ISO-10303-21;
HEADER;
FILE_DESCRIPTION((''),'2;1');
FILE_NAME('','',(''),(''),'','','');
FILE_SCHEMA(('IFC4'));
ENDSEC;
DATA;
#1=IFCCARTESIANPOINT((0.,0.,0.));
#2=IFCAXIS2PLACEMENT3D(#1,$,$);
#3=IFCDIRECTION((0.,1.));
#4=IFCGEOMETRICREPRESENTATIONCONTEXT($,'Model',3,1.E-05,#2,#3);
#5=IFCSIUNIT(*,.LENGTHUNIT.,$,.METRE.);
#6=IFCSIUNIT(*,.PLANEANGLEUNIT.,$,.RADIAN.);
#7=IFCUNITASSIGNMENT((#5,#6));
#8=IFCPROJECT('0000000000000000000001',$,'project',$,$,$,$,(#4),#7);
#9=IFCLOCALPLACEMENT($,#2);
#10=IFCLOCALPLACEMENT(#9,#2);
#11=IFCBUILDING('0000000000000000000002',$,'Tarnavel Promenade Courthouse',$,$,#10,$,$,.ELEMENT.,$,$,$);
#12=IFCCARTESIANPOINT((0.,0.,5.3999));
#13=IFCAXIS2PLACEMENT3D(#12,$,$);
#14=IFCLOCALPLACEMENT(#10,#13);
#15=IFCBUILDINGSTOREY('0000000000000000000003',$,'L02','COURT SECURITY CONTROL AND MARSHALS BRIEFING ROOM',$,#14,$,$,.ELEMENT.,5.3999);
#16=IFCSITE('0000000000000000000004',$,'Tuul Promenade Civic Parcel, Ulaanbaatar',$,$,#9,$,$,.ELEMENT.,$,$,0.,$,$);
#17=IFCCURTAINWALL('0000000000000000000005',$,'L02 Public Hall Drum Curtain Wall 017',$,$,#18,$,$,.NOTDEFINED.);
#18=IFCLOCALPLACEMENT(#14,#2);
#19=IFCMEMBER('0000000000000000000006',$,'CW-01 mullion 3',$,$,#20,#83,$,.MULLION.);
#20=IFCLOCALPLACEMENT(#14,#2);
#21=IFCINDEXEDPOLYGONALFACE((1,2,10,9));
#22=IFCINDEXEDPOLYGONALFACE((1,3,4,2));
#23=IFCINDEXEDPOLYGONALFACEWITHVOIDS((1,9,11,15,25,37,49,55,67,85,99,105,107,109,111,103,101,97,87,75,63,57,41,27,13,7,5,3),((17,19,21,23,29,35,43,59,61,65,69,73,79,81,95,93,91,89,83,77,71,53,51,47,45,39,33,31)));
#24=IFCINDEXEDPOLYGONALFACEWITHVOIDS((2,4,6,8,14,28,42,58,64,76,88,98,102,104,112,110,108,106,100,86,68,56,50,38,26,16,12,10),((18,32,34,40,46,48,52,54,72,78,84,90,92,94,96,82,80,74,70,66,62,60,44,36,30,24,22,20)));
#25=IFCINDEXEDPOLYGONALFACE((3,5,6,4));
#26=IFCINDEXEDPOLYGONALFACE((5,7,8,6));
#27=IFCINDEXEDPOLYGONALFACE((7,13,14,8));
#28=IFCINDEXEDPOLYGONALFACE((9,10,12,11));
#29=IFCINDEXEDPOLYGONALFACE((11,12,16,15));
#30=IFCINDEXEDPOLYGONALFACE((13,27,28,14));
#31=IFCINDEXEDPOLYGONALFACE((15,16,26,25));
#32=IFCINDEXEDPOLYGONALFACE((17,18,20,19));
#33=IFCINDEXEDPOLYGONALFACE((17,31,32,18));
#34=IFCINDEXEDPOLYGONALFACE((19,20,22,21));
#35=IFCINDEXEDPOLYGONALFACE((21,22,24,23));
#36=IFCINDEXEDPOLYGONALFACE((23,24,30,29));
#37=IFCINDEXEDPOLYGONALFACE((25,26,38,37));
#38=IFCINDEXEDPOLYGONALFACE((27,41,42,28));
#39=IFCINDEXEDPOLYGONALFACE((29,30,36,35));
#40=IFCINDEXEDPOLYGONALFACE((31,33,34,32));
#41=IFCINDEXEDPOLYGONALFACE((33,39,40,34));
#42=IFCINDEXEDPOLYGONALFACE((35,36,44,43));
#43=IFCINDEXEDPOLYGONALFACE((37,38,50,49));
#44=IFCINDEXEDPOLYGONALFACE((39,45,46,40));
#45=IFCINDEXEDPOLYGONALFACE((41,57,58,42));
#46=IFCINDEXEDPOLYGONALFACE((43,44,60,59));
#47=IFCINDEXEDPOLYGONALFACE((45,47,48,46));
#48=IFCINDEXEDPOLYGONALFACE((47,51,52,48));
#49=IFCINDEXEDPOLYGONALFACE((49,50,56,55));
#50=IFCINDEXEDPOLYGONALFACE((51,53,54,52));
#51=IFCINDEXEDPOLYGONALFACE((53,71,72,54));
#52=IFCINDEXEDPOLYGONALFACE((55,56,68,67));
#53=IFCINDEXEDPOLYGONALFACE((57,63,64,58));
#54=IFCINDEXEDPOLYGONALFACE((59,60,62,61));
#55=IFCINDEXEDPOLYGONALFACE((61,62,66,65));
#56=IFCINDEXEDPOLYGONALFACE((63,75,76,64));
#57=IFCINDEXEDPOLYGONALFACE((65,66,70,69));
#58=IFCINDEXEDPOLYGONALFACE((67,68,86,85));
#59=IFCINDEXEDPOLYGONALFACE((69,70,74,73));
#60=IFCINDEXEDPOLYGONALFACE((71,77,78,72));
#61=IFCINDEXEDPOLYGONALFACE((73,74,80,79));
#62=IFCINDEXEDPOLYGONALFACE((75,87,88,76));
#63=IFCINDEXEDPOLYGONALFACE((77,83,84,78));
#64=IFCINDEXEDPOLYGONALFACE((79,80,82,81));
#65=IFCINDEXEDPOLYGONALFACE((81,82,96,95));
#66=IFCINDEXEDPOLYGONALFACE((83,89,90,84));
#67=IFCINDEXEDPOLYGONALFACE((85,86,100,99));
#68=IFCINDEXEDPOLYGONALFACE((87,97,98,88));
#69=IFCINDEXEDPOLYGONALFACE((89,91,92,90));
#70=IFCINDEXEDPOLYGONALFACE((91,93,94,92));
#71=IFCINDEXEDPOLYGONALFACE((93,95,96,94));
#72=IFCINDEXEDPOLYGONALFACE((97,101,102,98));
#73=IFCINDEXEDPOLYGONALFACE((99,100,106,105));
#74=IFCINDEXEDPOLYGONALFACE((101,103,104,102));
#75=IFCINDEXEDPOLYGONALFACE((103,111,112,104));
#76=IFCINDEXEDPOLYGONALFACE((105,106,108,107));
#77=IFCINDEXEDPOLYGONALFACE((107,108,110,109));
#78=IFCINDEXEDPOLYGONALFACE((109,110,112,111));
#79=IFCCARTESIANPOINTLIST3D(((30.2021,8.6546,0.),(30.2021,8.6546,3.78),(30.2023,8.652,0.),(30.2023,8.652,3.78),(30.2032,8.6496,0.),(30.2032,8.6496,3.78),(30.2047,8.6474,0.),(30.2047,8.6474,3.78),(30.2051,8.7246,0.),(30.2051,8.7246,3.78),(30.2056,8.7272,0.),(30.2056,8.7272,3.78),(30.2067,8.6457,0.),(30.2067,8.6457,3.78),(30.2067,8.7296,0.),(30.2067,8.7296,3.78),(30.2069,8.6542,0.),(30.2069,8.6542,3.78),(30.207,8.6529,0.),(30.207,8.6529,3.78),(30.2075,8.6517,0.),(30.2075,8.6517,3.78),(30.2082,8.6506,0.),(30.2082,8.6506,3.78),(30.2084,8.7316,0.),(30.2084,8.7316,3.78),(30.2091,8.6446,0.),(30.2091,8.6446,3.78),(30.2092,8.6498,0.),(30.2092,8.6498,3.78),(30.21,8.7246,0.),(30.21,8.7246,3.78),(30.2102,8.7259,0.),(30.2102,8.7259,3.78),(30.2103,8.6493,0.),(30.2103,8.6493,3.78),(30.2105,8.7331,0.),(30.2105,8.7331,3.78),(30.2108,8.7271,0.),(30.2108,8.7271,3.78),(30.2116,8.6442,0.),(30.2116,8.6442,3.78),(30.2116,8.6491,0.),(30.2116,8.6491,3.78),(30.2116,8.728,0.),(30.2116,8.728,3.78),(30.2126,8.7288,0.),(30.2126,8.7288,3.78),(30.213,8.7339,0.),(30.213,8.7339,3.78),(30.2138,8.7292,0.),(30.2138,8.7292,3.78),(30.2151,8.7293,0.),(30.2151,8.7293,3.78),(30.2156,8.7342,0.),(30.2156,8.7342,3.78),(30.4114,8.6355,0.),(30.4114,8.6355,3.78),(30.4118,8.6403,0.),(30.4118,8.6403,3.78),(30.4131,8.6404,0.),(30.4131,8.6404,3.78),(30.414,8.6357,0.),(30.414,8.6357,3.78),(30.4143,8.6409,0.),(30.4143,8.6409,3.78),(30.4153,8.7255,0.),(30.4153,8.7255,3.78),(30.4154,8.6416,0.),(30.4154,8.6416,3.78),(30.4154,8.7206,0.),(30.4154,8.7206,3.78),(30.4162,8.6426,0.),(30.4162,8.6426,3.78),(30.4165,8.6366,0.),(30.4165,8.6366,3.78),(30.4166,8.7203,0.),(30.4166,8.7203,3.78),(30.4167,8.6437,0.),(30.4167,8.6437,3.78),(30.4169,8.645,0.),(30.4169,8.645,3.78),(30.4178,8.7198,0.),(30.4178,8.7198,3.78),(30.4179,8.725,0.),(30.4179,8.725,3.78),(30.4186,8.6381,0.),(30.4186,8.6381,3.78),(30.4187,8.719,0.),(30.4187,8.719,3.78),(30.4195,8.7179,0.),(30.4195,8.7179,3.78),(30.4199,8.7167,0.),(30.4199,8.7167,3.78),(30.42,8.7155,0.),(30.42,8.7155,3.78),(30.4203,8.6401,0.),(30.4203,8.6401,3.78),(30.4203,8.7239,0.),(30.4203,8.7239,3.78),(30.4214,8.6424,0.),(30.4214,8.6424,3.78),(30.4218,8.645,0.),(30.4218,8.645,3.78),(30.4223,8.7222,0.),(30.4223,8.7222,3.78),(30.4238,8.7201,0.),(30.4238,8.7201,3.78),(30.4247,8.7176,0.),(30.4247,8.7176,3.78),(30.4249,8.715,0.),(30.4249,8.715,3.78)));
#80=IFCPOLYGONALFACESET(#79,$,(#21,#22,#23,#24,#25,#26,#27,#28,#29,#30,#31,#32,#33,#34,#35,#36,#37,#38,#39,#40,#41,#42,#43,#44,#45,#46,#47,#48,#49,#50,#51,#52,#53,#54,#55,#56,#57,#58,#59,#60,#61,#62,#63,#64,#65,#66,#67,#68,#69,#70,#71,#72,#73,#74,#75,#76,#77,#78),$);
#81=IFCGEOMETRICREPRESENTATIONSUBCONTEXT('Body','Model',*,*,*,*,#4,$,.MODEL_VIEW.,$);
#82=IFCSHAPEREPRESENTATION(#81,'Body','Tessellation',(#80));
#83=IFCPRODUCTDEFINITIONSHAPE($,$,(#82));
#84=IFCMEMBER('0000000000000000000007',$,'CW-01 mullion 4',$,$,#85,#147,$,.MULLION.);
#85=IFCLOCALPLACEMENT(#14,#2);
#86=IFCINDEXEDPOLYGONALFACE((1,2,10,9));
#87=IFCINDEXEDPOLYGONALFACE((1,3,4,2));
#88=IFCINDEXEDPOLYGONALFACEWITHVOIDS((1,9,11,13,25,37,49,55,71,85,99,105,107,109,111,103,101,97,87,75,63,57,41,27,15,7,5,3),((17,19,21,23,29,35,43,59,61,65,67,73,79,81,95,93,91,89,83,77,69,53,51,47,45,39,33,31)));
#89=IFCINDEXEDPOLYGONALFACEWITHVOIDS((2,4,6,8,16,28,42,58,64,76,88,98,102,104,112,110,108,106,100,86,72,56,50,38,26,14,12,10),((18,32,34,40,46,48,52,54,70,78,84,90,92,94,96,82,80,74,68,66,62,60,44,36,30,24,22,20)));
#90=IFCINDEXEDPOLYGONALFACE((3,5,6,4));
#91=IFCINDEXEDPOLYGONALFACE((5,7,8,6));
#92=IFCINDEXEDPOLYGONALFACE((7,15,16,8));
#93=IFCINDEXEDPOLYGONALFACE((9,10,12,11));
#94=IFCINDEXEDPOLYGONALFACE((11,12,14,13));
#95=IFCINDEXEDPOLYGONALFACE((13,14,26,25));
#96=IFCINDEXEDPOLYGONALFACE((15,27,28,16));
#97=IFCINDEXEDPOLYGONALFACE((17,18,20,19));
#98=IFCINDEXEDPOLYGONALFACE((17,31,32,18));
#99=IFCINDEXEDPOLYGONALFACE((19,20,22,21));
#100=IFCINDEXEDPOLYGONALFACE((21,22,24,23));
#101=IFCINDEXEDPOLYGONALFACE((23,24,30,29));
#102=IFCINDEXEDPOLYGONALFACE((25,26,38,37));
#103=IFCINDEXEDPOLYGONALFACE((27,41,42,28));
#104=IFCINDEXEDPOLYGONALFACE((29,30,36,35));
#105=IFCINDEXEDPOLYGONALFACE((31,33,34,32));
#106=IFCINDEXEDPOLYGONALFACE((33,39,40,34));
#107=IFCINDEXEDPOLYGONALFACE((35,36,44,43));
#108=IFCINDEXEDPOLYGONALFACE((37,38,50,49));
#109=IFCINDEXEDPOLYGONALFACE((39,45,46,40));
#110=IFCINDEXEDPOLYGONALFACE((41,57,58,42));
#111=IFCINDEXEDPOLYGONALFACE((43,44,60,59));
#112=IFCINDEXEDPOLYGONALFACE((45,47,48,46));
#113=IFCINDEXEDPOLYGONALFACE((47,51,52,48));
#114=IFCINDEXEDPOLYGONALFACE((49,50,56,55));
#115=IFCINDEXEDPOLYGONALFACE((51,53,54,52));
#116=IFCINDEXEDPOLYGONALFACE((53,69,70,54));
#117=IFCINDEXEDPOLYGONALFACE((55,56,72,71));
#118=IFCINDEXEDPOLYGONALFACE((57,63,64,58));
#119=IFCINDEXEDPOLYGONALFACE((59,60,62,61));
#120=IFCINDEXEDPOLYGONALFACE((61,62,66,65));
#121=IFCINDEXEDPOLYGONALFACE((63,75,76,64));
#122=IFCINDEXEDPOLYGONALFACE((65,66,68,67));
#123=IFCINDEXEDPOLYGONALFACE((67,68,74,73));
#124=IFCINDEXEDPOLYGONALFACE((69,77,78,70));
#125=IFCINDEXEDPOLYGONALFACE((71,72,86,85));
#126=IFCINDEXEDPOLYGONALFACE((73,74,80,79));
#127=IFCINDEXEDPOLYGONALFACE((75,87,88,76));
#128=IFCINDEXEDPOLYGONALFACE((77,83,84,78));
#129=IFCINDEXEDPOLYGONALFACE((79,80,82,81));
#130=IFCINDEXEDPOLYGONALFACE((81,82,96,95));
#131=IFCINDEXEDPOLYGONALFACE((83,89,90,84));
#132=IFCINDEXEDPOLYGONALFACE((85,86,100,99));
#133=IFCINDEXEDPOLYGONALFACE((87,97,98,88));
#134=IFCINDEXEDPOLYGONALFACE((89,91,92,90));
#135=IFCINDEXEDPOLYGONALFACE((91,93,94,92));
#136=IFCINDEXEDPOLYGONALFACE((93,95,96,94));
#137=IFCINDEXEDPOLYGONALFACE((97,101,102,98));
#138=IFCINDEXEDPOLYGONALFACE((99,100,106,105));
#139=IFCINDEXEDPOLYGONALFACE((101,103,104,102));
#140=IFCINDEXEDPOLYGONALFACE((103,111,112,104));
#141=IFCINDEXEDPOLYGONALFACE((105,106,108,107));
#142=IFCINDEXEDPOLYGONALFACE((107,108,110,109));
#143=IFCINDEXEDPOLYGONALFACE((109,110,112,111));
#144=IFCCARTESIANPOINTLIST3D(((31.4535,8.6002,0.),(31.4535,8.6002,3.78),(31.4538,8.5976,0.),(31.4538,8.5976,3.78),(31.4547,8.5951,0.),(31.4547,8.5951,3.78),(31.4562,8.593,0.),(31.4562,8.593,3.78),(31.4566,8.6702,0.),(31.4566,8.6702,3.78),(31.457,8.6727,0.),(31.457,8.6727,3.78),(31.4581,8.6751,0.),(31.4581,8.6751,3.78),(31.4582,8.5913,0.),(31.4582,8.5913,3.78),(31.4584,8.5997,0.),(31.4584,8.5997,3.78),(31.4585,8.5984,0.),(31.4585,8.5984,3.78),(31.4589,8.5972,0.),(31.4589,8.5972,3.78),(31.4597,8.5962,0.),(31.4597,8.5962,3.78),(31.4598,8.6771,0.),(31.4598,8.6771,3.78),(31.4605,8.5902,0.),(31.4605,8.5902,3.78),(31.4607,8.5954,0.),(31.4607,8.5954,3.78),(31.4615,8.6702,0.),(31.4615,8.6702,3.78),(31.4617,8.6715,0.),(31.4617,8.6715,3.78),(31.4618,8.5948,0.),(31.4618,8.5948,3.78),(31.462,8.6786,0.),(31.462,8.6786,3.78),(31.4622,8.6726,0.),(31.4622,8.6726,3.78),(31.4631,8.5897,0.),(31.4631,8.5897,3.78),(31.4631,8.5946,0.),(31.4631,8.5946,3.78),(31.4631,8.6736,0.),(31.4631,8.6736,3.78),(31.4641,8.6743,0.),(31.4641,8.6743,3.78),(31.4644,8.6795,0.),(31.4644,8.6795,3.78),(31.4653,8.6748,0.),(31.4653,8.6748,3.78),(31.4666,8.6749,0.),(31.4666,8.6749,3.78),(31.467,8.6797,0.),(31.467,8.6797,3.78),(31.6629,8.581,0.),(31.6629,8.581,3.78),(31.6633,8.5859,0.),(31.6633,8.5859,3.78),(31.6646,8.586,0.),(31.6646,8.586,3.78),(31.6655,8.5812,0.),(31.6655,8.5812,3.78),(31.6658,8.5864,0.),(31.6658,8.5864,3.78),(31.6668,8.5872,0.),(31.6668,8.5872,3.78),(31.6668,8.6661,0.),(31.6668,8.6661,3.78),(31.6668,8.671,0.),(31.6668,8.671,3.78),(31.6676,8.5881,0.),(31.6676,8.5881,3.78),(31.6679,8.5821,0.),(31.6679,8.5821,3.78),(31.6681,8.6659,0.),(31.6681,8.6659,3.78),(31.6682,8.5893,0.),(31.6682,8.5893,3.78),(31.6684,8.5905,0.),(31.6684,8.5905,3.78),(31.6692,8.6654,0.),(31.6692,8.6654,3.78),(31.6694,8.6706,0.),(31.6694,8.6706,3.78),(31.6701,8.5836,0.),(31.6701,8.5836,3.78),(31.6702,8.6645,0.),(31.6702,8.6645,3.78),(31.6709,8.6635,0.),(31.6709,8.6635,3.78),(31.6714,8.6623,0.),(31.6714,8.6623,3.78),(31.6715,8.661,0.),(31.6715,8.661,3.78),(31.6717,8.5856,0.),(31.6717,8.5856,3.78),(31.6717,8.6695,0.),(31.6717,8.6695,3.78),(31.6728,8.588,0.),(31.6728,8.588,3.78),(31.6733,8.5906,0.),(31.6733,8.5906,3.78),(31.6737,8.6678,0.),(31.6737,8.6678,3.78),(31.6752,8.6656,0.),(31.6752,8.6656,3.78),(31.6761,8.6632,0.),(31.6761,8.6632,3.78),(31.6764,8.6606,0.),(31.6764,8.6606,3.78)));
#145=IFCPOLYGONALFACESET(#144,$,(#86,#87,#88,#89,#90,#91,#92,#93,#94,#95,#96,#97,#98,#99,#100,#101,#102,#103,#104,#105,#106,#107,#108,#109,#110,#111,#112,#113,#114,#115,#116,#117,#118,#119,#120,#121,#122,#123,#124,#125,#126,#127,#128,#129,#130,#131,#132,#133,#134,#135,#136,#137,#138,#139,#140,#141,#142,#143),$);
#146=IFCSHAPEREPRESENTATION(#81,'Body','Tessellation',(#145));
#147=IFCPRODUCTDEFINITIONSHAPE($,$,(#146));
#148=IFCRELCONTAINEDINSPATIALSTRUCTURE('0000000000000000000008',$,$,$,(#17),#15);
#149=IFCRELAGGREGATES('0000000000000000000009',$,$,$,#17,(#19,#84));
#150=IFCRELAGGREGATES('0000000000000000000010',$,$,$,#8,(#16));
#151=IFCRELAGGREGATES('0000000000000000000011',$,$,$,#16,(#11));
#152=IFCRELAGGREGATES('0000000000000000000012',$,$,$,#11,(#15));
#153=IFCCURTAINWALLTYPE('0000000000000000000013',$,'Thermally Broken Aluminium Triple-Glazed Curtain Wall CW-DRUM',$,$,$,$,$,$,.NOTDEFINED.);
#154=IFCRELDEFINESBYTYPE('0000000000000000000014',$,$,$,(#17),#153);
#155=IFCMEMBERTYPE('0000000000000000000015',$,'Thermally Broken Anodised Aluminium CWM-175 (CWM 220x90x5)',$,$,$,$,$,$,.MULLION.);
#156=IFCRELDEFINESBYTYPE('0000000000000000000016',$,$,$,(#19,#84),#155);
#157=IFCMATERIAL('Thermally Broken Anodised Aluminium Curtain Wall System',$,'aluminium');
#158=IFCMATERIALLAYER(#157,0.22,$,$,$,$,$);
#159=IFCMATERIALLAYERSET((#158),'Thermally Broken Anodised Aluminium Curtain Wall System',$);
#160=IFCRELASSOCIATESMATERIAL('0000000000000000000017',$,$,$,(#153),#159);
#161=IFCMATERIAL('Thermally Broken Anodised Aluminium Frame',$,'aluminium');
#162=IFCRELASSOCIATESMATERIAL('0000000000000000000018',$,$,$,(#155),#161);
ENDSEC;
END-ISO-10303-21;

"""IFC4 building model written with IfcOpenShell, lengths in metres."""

from ifc_helpers import new_model, si_unit, direction, frame, origin, origin_2d, place, context, subcontext, project, spatial, hollow_rectangle, extrude, material, layer, layer_set, material_profile, profile_set, type_object, element, aggregate, save


model = new_model("IFC4")

# Units and contexts
model_context = context("Model", 3, precision=1e-05, world=origin(), true_north=direction((0.0, 1.0)))
body_context = subcontext(model_context, "Body", "Model", "MODEL_VIEW")
ifc_project = project(units=[si_unit("LENGTHUNIT", "METRE"), si_unit("PLANEANGLEUNIT", "RADIAN")], contexts=[model_context])

# Site, building, storey
site_placement = place(None, origin())
site = spatial("IfcSite", under=ifc_project, at=site_placement, Name="Tuul Promenade Civic Parcel, Ulaanbaatar", CompositionType="ELEMENT", RefElevation=0.0)
building_placement = place(site_placement, origin())
building = spatial("IfcBuilding", under=site, at=building_placement, Name="Tarnavel Promenade Courthouse", CompositionType="ELEMENT")
storey_placement = place(building_placement, frame((0.0, 0.0, 5.3999)))
storey = spatial("IfcBuildingStorey", under=building, at=storey_placement, Name="L02", Description="COURT SECURITY CONTROL AND MARSHALS BRIEFING ROOM", CompositionType="ELEMENT", Elevation=5.3999)

# Shared definitions
ifc_material_1 = material(Name="Thermally Broken Anodised Aluminium Curtain Wall System", Category="aluminium")
ifc_layer_1 = layer(ifc_material_1, 0.22)
ifc_layer_set_1 = layer_set([ifc_layer_1], Name="Thermally Broken Anodised Aluminium Curtain Wall System")
curtain_wall_type = type_object("IfcCurtainWallType", Name="Thermally Broken Aluminium Triple-Glazed Curtain Wall CW-DRUM", PredefinedType="NOTDEFINED", material=ifc_layer_set_1)
ifc_material_2 = material(Name="Thermally Broken Anodised Aluminium Frame", Category="aluminium")
ifc_material_profile_1 = material_profile(ifc_material_2, hollow_rectangle(XDim=0.0901, YDim=0.22, WallThickness=0.0049, InnerFilletRadius=0.0049, OuterFilletRadius=0.01, at=origin_2d()), Name="CWM 220x90x5")
ifc_profile_set_1 = profile_set([ifc_material_profile_1], Name="Thermally Broken Anodised Aluminium Frame")
member_type_1 = type_object("IfcMemberType", Name="Thermally Broken Anodised Aluminium CWM-175 (CWM 220x90x5)", PredefinedType="MULLION", material=ifc_profile_set_1)

# Curtain wall, members
curtain_wall_1_placement = place(storey_placement, origin())
curtain_wall_1 = element("IfcCurtainWall", 1, at=curtain_wall_1_placement, inside=storey, type_object=curtain_wall_type, Name="L02 Public Hall Drum Curtain Wall 017", PredefinedType="NOTDEFINED")
member_1_placement = place(storey_placement, frame((30.3135, 8.6848, 0.0), z_axis=(0.0, 0.0, 1.0), x_axis=(0.043619, 0.999048, 0.0)))
member_1 = element("IfcMember", 2, at=member_1_placement, type_object=member_type_1, Name="CW-01 mullion 3", PredefinedType="MULLION", context=body_context, shape_type="SweptSolid", body=[
    extrude(hollow_rectangle(XDim=0.0901, YDim=0.22, WallThickness=0.0049, InnerFilletRadius=0.0049, OuterFilletRadius=0.01, at=origin_2d()), origin(), (0.0, 0.0, 1.0), 3.78),
])
member_2_placement = place(storey_placement, frame((31.5649, 8.6304, 0.0), z_axis=(0.0, 0.0, 1.0), x_axis=(0.043619, 0.999048, 0.0)))
member_2 = element("IfcMember", 3, at=member_2_placement, type_object=member_type_1, Name="CW-01 mullion 4", PredefinedType="MULLION", context=body_context, shape_type="SweptSolid", body=[
    extrude(hollow_rectangle(XDim=0.0901, YDim=0.22, WallThickness=0.0049, InnerFilletRadius=0.0049, OuterFilletRadius=0.01, at=origin_2d()), origin(), (0.0, 0.0, 1.0), 3.78),
])

aggregate(curtain_wall_1, [member_1, member_2])

save(model, "model.ifc")
